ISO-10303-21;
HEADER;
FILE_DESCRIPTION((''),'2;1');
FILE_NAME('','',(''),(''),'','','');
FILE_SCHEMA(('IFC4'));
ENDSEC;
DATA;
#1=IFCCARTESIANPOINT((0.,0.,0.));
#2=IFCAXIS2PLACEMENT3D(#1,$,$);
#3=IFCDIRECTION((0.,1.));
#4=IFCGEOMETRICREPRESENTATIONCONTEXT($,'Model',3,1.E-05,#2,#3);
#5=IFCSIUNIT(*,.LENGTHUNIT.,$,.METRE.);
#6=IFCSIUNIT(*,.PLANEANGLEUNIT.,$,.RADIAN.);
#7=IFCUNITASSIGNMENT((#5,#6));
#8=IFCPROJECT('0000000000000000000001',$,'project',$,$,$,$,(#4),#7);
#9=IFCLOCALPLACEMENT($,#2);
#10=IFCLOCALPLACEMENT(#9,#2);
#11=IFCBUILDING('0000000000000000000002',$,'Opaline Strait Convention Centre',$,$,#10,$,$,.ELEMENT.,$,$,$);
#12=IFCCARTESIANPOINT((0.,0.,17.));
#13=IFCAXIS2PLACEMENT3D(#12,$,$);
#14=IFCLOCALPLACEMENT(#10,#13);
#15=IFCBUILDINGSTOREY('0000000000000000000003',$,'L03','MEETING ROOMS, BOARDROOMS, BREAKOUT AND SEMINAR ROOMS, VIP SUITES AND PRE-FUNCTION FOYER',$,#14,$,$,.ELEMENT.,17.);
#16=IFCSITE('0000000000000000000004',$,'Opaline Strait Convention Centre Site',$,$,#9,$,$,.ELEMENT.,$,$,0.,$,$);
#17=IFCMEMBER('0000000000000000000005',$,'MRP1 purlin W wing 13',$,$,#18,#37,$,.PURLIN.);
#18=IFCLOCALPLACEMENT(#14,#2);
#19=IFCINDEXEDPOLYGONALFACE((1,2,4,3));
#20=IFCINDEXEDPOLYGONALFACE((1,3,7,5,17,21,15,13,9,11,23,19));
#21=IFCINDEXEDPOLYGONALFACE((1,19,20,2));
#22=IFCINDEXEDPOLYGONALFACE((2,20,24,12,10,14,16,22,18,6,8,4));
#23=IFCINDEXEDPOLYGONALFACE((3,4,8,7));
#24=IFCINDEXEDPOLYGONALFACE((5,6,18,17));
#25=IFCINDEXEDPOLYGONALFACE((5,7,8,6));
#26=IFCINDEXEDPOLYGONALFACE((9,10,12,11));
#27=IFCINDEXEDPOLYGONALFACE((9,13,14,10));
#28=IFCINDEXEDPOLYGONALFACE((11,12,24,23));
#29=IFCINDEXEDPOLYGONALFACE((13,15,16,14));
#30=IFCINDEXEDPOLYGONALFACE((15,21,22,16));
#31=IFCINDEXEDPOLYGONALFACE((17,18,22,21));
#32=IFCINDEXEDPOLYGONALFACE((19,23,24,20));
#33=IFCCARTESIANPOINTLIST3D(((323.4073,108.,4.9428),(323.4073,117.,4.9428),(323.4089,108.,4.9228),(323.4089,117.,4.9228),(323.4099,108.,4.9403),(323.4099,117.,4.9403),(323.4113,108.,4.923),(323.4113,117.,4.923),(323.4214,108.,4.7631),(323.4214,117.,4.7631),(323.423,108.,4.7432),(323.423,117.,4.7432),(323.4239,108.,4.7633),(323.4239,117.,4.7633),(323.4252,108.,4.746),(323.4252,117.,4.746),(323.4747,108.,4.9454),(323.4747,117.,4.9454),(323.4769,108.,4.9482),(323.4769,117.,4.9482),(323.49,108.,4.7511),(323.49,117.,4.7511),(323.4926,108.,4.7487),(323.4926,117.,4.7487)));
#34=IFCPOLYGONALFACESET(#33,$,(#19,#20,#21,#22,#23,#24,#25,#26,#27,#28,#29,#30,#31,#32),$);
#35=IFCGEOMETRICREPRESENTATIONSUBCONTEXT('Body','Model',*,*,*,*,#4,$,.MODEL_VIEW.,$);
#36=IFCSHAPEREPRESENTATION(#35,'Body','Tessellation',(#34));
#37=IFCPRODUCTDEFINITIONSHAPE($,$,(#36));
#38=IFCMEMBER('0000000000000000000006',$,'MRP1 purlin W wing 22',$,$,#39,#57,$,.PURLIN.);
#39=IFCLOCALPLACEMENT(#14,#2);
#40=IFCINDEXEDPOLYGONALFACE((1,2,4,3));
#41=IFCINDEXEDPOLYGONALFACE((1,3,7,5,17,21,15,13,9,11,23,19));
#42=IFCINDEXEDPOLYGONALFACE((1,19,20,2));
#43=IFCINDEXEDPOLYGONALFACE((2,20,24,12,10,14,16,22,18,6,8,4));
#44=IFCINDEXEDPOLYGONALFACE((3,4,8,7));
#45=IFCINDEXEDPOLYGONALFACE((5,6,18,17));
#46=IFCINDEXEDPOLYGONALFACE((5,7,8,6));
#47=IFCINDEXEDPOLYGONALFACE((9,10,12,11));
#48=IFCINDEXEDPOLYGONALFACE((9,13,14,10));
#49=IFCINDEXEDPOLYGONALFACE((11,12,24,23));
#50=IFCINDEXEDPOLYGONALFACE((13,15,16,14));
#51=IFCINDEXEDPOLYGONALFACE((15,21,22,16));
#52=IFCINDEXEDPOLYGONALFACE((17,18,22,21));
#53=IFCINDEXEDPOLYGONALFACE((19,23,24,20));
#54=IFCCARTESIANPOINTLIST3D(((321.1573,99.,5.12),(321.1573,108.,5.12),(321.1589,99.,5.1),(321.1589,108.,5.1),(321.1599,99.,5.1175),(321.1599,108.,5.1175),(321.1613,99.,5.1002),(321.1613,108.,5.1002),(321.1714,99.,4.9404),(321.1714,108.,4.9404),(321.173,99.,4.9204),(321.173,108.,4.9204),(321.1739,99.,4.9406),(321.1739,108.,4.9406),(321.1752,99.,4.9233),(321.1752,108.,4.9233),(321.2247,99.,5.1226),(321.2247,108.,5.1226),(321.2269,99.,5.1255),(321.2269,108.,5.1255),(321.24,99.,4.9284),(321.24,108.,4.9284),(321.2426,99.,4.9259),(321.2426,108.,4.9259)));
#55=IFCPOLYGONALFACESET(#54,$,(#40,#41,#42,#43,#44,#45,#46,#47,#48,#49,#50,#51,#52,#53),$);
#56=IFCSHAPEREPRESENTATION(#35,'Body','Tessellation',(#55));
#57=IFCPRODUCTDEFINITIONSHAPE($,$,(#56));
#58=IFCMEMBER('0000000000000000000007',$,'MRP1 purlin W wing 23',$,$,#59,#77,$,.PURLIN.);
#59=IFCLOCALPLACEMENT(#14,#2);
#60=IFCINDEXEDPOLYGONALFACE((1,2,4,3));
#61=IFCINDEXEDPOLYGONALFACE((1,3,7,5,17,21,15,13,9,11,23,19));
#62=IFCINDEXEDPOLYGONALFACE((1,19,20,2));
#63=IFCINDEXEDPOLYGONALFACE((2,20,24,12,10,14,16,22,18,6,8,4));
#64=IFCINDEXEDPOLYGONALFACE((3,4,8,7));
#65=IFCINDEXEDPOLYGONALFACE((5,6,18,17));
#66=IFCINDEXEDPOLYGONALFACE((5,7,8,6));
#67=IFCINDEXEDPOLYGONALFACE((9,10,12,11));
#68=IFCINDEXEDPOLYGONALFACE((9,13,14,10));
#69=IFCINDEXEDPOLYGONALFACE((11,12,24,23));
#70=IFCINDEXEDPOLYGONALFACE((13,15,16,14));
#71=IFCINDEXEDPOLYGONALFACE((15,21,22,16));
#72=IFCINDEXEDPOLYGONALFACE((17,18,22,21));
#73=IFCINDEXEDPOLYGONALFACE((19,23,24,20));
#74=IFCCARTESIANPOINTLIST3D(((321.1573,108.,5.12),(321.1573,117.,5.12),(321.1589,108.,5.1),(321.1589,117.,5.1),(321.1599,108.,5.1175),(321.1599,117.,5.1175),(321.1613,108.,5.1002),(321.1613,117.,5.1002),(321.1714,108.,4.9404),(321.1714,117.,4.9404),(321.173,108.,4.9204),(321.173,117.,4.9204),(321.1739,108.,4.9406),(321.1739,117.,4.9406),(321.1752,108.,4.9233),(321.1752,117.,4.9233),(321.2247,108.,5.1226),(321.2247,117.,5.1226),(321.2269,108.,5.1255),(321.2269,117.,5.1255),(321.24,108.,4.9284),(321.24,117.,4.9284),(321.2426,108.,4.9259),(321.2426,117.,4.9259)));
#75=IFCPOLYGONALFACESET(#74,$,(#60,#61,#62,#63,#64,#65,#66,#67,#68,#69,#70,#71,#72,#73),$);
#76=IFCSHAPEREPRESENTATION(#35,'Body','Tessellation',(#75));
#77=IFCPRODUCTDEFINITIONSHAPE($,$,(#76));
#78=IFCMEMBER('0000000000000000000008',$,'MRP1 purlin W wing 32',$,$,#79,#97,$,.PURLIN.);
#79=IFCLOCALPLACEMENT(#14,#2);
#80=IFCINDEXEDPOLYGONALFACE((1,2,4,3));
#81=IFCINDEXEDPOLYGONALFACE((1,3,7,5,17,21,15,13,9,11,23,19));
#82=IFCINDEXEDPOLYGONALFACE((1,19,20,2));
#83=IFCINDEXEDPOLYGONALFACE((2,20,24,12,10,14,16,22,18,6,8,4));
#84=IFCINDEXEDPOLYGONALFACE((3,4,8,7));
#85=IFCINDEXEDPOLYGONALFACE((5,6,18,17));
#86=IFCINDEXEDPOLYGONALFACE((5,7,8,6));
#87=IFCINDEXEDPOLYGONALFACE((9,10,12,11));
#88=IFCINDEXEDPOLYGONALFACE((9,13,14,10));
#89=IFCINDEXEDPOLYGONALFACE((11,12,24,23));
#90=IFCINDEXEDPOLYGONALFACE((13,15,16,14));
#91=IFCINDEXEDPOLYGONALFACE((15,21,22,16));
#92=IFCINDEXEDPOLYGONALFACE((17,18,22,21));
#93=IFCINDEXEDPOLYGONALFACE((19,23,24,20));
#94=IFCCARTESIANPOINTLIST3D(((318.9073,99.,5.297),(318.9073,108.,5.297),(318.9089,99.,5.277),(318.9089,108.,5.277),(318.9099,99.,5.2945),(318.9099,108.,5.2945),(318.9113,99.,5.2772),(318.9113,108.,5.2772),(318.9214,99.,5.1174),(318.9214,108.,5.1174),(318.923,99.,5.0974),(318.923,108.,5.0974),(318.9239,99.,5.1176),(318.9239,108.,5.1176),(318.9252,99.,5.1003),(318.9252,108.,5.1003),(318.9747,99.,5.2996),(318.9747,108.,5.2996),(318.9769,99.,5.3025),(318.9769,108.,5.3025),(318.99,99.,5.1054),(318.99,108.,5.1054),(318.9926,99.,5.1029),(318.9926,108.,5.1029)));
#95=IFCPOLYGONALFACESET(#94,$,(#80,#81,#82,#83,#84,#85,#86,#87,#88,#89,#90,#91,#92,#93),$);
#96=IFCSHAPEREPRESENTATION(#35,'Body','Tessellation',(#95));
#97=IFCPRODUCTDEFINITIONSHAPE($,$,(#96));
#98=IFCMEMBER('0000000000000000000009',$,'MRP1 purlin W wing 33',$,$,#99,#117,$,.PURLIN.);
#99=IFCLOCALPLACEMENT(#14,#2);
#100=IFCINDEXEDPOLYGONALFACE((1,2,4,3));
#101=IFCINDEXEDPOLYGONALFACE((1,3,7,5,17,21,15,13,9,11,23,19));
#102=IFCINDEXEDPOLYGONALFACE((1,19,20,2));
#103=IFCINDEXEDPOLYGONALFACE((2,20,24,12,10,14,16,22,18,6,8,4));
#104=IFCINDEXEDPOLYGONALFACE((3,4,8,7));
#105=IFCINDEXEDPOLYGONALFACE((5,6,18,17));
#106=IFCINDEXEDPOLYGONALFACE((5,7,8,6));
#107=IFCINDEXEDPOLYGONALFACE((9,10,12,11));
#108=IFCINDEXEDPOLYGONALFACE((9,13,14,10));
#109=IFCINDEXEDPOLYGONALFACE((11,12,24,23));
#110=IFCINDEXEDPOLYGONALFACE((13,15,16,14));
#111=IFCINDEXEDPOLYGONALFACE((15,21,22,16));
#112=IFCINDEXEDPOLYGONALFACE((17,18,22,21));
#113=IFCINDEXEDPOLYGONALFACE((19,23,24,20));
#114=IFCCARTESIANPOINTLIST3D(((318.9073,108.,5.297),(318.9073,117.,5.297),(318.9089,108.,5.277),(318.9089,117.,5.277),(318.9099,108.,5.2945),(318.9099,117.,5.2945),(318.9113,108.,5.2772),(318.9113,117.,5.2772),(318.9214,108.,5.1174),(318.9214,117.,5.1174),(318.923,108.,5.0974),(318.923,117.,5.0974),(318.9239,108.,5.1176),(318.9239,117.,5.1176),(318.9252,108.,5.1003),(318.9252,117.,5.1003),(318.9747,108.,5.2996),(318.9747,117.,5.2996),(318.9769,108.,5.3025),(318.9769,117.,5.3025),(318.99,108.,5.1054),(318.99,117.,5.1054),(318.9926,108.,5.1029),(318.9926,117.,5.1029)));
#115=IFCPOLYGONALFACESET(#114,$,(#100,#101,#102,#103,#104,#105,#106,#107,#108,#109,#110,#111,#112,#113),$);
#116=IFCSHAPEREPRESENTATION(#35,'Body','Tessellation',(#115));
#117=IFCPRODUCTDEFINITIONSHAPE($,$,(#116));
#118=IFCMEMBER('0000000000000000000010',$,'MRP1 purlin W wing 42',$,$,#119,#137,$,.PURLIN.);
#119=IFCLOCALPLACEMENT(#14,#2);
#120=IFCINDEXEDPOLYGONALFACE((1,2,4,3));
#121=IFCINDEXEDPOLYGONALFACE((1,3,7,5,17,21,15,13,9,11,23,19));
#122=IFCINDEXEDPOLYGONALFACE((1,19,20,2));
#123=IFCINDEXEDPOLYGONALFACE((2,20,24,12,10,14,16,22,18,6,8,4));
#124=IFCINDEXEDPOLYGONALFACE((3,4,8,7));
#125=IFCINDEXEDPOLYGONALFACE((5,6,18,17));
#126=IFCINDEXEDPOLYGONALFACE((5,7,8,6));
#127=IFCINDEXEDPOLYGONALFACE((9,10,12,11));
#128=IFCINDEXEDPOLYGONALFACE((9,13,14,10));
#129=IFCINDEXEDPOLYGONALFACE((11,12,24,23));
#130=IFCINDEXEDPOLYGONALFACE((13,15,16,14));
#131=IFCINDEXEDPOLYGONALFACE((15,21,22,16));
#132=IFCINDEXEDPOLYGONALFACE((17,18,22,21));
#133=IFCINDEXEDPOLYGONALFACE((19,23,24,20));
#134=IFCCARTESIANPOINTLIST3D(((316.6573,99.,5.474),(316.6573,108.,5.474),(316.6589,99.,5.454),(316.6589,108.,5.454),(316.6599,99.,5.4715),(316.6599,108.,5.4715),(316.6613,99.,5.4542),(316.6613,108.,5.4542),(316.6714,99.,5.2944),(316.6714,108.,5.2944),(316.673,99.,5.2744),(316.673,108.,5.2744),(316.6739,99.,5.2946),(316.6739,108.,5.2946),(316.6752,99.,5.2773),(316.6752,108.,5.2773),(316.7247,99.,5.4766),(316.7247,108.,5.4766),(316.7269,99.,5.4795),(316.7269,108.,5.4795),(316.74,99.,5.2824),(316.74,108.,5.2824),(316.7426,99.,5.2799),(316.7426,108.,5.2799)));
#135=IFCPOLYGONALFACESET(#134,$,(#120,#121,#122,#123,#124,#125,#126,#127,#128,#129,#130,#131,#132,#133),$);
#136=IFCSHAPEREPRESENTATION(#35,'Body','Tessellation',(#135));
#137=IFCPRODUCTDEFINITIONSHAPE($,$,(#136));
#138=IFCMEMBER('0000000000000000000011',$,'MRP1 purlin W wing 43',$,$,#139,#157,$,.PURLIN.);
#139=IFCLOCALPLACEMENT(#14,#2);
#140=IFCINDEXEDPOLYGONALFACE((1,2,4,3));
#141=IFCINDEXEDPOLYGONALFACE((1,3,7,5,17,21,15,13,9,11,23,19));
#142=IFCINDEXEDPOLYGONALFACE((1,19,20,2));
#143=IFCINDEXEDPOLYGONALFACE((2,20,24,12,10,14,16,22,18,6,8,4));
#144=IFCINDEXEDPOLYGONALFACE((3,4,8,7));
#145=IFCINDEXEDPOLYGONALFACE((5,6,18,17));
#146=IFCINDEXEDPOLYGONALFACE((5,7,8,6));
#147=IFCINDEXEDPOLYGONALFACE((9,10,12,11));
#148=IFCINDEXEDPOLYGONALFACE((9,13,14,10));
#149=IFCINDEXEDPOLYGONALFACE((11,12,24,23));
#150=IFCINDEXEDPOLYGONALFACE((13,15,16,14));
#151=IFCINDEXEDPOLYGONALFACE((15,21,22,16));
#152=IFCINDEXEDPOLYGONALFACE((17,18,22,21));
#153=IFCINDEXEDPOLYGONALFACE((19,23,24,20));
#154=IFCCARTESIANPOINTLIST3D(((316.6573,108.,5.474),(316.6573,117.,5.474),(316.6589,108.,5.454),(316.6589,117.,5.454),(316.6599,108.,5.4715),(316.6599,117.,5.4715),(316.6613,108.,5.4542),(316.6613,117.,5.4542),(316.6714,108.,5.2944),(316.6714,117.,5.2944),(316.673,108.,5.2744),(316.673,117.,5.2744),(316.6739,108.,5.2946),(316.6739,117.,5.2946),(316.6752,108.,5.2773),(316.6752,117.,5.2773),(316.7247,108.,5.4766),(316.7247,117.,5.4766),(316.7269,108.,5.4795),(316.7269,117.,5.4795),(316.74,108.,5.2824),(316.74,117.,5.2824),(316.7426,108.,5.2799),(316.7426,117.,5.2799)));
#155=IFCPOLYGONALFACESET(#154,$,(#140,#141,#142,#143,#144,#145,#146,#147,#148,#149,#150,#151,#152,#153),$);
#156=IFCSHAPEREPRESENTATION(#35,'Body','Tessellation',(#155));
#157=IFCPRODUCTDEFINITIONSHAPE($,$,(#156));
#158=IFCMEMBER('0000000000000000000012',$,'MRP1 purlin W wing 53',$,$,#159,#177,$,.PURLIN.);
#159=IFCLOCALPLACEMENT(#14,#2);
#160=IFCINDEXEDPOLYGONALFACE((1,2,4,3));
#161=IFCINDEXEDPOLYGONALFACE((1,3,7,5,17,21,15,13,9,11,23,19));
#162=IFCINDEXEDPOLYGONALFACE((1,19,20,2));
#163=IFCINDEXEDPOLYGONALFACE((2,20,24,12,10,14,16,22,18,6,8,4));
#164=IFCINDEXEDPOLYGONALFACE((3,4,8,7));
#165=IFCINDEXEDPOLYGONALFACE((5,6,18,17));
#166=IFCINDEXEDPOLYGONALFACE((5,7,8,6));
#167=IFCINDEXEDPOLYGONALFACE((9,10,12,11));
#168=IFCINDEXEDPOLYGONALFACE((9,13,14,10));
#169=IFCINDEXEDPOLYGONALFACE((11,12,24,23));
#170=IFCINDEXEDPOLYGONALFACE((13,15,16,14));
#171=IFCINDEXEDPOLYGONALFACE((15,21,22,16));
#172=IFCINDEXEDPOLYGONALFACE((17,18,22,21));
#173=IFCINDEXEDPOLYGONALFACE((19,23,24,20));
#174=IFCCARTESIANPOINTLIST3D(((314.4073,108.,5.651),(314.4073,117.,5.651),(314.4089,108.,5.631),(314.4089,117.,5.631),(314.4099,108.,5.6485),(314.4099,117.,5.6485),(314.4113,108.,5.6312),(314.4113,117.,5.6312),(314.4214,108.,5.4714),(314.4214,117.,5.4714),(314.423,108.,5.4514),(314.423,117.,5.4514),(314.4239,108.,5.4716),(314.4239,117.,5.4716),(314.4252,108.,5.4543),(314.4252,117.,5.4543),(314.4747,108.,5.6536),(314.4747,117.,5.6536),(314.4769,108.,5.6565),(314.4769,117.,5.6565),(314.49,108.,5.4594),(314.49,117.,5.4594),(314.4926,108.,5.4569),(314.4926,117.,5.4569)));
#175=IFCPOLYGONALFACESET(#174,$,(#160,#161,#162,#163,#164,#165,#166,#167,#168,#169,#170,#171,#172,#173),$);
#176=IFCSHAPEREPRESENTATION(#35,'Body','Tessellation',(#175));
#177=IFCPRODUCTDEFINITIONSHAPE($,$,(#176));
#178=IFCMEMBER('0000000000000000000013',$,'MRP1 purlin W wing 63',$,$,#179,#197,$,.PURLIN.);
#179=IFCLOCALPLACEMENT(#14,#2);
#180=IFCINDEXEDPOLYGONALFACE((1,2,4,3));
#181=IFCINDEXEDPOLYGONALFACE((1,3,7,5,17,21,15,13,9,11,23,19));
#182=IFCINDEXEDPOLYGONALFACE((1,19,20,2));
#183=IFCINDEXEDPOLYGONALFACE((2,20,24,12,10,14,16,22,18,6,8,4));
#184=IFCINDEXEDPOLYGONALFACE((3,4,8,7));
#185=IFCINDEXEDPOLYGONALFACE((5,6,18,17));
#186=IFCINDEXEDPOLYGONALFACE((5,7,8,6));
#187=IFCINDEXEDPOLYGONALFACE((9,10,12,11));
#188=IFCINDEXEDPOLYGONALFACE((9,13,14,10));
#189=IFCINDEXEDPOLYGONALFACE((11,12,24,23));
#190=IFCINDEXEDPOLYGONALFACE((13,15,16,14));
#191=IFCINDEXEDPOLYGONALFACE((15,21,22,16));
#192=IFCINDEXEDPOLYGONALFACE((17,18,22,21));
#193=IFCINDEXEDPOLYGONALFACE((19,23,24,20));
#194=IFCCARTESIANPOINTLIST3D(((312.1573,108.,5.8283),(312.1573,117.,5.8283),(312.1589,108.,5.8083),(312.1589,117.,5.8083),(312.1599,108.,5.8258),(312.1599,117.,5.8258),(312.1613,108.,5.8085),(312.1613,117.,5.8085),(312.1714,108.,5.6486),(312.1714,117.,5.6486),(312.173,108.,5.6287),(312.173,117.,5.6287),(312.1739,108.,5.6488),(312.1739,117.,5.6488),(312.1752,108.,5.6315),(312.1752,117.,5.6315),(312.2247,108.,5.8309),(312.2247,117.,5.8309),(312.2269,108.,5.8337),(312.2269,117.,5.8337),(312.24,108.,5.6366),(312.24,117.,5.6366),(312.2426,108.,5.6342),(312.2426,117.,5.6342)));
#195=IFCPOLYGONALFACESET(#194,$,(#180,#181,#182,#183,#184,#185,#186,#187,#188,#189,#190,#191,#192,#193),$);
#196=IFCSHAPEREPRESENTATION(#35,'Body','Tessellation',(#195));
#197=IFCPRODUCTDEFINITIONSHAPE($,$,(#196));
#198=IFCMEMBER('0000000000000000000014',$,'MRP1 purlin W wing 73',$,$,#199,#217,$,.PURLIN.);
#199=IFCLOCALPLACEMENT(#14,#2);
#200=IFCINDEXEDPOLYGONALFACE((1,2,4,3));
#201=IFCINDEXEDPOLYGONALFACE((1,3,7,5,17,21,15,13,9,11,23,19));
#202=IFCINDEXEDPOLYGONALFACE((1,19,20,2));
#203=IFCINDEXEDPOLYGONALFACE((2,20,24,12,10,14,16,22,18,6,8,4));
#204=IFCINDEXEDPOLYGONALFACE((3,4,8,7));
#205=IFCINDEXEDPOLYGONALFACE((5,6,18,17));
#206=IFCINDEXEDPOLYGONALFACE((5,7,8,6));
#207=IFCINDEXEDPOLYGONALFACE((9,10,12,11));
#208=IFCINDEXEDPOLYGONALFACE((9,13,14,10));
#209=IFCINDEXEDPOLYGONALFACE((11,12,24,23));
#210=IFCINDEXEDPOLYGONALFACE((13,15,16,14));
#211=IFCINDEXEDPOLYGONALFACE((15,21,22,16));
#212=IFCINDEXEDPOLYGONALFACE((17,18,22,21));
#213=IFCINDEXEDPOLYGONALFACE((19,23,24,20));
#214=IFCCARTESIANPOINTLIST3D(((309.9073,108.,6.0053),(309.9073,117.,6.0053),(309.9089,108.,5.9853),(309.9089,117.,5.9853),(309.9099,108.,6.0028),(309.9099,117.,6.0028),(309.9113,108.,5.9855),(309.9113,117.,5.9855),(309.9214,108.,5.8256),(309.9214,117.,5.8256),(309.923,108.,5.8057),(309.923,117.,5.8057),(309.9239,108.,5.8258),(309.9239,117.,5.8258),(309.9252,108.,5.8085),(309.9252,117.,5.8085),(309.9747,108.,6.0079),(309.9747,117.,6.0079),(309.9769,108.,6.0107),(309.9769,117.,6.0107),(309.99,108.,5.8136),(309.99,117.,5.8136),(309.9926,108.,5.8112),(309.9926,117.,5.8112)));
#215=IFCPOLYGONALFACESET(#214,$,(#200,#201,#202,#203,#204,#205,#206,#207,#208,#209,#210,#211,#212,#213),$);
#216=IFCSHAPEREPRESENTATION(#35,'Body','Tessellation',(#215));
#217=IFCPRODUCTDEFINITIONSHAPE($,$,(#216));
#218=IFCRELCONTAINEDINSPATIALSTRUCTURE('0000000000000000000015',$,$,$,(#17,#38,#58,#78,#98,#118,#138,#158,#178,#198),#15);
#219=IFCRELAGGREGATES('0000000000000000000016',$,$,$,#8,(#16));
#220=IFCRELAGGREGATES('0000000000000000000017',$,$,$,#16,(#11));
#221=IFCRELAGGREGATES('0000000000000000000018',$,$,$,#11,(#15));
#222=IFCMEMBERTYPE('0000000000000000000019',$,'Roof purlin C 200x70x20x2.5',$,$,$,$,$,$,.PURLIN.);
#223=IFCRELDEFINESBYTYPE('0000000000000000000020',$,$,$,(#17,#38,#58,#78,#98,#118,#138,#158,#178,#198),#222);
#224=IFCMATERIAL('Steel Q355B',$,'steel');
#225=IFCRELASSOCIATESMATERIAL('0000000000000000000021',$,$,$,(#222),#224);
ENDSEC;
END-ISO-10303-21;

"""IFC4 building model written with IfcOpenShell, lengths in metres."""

from ifc_helpers import new_model, si_unit, direction, frame, origin, place, context, subcontext, project, spatial, polyline, outline, extrude, material, material_profile, profile_set, type_object, element, save


model = new_model("IFC4")

# Units and contexts
model_context = context("Model", 3, precision=1e-05, world=origin(), true_north=direction((0.0, 1.0)))
body_context = subcontext(model_context, "Body", "Model", "MODEL_VIEW")
ifc_project = project(units=[si_unit("LENGTHUNIT", "METRE"), si_unit("PLANEANGLEUNIT", "RADIAN")], contexts=[model_context])

# Site, building, storey
site_placement = place(None, origin())
site = spatial("IfcSite", under=ifc_project, at=site_placement, Name="Opaline Strait Convention Centre Site", CompositionType="ELEMENT", RefElevation=0.0)
building_placement = place(site_placement, origin())
building = spatial("IfcBuilding", under=site, at=building_placement, Name="Opaline Strait Convention Centre", CompositionType="ELEMENT")
storey_placement = place(building_placement, frame((0.0, 0.0, 17.0)))
storey = spatial("IfcBuildingStorey", under=building, at=storey_placement, Name="L03", Description="MEETING ROOMS, BOARDROOMS, BREAKOUT AND SEMINAR ROOMS, VIP SUITES AND PRE-FUNCTION FOYER", CompositionType="ELEMENT", Elevation=17.0)

# Shared definitions
ifc_material_1 = material(Name="Steel Q355B", Category="steel")

# Members
ifc_material_profile_1 = material_profile(ifc_material_1, outline(polyline([(-0.0349, -0.1001), (0.0349, -0.1001), (0.0349, -0.0801), (0.0325, -0.0801), (0.0325, -0.0974), (-0.0325, -0.0974), (-0.0325, 0.0974), (0.0325, 0.0974), (0.0325, 0.0801), (0.0349, 0.0801), (0.0349, 0.1001), (-0.0349, 0.1001), (-0.0349, -0.1001)])), Name="C 200x70x20x2.5")
ifc_profile_set_1 = profile_set([ifc_material_profile_1], Name="Steel Q355B")
member_type_1 = type_object("IfcMemberType", Name="Roof purlin C 200x70x20x2.5", PredefinedType="PURLIN", material=ifc_profile_set_1)
for number, where, z_axis, x_axis, name in (
    (1, (323.45, 108.0, 4.8457), (0.0, 1.0, 0.0), (-0.996917, 0.0, -0.078459), "MRP1 purlin W wing 13"),
    (2, (321.2, 99.0, 5.0229), (0.0, 1.0, 0.0), (-0.996917, 0.0, -0.078459), "MRP1 purlin W wing 22"),
    (3, (321.2, 108.0, 5.0229), (0.0, 1.0, 0.0), (-0.996917, 0.0, -0.078459), "MRP1 purlin W wing 23"),
    (4, (318.95, 99.0, 5.2), (0.0, 1.0, 0.0), (-0.996917, 0.0, -0.078459), "MRP1 purlin W wing 32"),
    (5, (318.95, 108.0, 5.2), (0.0, 1.0, 0.0), (-0.996917, 0.0, -0.078459), "MRP1 purlin W wing 33"),
    (6, (316.7, 99.0, 5.377), (0.0, 1.0, 0.0), (-0.996917, 0.0, -0.078459), "MRP1 purlin W wing 42"),
    (7, (316.7, 108.0, 5.377), (0.0, 1.0, 0.0), (-0.996917, 0.0, -0.078459), "MRP1 purlin W wing 43"),
    (8, (314.45, 108.0, 5.554), (0.0, 1.0, 0.0), (-0.996917, 0.0, -0.078459), "MRP1 purlin W wing 53"),
    (9, (312.2, 108.0, 5.7312), (0.0, 1.0, 0.0), (-0.996917, 0.0, -0.078459), "MRP1 purlin W wing 63"),
    (10, (309.95, 108.0, 5.9082), (0.0, 1.0, 0.0), (-0.996917, 0.0, -0.078459), "MRP1 purlin W wing 73"),
):
    element("IfcMember", number, at=place(storey_placement, frame(where, z_axis=z_axis, x_axis=x_axis)), inside=storey, type_object=member_type_1, Name=name, PredefinedType="PURLIN", context=body_context, shape_type="SweptSolid", body=[
        extrude(outline(polyline([(-0.0349, -0.1001), (0.0349, -0.1001), (0.0349, -0.0801), (0.0325, -0.0801), (0.0325, -0.0974), (-0.0325, -0.0974), (-0.0325, 0.0974), (0.0325, 0.0974), (0.0325, 0.0801), (0.0349, 0.0801), (0.0349, 0.1001), (-0.0349, 0.1001), (-0.0349, -0.1001)])), origin(), (0.0, 0.0, 1.0), 9.0),
    ])

save(model, "model.ifc")
